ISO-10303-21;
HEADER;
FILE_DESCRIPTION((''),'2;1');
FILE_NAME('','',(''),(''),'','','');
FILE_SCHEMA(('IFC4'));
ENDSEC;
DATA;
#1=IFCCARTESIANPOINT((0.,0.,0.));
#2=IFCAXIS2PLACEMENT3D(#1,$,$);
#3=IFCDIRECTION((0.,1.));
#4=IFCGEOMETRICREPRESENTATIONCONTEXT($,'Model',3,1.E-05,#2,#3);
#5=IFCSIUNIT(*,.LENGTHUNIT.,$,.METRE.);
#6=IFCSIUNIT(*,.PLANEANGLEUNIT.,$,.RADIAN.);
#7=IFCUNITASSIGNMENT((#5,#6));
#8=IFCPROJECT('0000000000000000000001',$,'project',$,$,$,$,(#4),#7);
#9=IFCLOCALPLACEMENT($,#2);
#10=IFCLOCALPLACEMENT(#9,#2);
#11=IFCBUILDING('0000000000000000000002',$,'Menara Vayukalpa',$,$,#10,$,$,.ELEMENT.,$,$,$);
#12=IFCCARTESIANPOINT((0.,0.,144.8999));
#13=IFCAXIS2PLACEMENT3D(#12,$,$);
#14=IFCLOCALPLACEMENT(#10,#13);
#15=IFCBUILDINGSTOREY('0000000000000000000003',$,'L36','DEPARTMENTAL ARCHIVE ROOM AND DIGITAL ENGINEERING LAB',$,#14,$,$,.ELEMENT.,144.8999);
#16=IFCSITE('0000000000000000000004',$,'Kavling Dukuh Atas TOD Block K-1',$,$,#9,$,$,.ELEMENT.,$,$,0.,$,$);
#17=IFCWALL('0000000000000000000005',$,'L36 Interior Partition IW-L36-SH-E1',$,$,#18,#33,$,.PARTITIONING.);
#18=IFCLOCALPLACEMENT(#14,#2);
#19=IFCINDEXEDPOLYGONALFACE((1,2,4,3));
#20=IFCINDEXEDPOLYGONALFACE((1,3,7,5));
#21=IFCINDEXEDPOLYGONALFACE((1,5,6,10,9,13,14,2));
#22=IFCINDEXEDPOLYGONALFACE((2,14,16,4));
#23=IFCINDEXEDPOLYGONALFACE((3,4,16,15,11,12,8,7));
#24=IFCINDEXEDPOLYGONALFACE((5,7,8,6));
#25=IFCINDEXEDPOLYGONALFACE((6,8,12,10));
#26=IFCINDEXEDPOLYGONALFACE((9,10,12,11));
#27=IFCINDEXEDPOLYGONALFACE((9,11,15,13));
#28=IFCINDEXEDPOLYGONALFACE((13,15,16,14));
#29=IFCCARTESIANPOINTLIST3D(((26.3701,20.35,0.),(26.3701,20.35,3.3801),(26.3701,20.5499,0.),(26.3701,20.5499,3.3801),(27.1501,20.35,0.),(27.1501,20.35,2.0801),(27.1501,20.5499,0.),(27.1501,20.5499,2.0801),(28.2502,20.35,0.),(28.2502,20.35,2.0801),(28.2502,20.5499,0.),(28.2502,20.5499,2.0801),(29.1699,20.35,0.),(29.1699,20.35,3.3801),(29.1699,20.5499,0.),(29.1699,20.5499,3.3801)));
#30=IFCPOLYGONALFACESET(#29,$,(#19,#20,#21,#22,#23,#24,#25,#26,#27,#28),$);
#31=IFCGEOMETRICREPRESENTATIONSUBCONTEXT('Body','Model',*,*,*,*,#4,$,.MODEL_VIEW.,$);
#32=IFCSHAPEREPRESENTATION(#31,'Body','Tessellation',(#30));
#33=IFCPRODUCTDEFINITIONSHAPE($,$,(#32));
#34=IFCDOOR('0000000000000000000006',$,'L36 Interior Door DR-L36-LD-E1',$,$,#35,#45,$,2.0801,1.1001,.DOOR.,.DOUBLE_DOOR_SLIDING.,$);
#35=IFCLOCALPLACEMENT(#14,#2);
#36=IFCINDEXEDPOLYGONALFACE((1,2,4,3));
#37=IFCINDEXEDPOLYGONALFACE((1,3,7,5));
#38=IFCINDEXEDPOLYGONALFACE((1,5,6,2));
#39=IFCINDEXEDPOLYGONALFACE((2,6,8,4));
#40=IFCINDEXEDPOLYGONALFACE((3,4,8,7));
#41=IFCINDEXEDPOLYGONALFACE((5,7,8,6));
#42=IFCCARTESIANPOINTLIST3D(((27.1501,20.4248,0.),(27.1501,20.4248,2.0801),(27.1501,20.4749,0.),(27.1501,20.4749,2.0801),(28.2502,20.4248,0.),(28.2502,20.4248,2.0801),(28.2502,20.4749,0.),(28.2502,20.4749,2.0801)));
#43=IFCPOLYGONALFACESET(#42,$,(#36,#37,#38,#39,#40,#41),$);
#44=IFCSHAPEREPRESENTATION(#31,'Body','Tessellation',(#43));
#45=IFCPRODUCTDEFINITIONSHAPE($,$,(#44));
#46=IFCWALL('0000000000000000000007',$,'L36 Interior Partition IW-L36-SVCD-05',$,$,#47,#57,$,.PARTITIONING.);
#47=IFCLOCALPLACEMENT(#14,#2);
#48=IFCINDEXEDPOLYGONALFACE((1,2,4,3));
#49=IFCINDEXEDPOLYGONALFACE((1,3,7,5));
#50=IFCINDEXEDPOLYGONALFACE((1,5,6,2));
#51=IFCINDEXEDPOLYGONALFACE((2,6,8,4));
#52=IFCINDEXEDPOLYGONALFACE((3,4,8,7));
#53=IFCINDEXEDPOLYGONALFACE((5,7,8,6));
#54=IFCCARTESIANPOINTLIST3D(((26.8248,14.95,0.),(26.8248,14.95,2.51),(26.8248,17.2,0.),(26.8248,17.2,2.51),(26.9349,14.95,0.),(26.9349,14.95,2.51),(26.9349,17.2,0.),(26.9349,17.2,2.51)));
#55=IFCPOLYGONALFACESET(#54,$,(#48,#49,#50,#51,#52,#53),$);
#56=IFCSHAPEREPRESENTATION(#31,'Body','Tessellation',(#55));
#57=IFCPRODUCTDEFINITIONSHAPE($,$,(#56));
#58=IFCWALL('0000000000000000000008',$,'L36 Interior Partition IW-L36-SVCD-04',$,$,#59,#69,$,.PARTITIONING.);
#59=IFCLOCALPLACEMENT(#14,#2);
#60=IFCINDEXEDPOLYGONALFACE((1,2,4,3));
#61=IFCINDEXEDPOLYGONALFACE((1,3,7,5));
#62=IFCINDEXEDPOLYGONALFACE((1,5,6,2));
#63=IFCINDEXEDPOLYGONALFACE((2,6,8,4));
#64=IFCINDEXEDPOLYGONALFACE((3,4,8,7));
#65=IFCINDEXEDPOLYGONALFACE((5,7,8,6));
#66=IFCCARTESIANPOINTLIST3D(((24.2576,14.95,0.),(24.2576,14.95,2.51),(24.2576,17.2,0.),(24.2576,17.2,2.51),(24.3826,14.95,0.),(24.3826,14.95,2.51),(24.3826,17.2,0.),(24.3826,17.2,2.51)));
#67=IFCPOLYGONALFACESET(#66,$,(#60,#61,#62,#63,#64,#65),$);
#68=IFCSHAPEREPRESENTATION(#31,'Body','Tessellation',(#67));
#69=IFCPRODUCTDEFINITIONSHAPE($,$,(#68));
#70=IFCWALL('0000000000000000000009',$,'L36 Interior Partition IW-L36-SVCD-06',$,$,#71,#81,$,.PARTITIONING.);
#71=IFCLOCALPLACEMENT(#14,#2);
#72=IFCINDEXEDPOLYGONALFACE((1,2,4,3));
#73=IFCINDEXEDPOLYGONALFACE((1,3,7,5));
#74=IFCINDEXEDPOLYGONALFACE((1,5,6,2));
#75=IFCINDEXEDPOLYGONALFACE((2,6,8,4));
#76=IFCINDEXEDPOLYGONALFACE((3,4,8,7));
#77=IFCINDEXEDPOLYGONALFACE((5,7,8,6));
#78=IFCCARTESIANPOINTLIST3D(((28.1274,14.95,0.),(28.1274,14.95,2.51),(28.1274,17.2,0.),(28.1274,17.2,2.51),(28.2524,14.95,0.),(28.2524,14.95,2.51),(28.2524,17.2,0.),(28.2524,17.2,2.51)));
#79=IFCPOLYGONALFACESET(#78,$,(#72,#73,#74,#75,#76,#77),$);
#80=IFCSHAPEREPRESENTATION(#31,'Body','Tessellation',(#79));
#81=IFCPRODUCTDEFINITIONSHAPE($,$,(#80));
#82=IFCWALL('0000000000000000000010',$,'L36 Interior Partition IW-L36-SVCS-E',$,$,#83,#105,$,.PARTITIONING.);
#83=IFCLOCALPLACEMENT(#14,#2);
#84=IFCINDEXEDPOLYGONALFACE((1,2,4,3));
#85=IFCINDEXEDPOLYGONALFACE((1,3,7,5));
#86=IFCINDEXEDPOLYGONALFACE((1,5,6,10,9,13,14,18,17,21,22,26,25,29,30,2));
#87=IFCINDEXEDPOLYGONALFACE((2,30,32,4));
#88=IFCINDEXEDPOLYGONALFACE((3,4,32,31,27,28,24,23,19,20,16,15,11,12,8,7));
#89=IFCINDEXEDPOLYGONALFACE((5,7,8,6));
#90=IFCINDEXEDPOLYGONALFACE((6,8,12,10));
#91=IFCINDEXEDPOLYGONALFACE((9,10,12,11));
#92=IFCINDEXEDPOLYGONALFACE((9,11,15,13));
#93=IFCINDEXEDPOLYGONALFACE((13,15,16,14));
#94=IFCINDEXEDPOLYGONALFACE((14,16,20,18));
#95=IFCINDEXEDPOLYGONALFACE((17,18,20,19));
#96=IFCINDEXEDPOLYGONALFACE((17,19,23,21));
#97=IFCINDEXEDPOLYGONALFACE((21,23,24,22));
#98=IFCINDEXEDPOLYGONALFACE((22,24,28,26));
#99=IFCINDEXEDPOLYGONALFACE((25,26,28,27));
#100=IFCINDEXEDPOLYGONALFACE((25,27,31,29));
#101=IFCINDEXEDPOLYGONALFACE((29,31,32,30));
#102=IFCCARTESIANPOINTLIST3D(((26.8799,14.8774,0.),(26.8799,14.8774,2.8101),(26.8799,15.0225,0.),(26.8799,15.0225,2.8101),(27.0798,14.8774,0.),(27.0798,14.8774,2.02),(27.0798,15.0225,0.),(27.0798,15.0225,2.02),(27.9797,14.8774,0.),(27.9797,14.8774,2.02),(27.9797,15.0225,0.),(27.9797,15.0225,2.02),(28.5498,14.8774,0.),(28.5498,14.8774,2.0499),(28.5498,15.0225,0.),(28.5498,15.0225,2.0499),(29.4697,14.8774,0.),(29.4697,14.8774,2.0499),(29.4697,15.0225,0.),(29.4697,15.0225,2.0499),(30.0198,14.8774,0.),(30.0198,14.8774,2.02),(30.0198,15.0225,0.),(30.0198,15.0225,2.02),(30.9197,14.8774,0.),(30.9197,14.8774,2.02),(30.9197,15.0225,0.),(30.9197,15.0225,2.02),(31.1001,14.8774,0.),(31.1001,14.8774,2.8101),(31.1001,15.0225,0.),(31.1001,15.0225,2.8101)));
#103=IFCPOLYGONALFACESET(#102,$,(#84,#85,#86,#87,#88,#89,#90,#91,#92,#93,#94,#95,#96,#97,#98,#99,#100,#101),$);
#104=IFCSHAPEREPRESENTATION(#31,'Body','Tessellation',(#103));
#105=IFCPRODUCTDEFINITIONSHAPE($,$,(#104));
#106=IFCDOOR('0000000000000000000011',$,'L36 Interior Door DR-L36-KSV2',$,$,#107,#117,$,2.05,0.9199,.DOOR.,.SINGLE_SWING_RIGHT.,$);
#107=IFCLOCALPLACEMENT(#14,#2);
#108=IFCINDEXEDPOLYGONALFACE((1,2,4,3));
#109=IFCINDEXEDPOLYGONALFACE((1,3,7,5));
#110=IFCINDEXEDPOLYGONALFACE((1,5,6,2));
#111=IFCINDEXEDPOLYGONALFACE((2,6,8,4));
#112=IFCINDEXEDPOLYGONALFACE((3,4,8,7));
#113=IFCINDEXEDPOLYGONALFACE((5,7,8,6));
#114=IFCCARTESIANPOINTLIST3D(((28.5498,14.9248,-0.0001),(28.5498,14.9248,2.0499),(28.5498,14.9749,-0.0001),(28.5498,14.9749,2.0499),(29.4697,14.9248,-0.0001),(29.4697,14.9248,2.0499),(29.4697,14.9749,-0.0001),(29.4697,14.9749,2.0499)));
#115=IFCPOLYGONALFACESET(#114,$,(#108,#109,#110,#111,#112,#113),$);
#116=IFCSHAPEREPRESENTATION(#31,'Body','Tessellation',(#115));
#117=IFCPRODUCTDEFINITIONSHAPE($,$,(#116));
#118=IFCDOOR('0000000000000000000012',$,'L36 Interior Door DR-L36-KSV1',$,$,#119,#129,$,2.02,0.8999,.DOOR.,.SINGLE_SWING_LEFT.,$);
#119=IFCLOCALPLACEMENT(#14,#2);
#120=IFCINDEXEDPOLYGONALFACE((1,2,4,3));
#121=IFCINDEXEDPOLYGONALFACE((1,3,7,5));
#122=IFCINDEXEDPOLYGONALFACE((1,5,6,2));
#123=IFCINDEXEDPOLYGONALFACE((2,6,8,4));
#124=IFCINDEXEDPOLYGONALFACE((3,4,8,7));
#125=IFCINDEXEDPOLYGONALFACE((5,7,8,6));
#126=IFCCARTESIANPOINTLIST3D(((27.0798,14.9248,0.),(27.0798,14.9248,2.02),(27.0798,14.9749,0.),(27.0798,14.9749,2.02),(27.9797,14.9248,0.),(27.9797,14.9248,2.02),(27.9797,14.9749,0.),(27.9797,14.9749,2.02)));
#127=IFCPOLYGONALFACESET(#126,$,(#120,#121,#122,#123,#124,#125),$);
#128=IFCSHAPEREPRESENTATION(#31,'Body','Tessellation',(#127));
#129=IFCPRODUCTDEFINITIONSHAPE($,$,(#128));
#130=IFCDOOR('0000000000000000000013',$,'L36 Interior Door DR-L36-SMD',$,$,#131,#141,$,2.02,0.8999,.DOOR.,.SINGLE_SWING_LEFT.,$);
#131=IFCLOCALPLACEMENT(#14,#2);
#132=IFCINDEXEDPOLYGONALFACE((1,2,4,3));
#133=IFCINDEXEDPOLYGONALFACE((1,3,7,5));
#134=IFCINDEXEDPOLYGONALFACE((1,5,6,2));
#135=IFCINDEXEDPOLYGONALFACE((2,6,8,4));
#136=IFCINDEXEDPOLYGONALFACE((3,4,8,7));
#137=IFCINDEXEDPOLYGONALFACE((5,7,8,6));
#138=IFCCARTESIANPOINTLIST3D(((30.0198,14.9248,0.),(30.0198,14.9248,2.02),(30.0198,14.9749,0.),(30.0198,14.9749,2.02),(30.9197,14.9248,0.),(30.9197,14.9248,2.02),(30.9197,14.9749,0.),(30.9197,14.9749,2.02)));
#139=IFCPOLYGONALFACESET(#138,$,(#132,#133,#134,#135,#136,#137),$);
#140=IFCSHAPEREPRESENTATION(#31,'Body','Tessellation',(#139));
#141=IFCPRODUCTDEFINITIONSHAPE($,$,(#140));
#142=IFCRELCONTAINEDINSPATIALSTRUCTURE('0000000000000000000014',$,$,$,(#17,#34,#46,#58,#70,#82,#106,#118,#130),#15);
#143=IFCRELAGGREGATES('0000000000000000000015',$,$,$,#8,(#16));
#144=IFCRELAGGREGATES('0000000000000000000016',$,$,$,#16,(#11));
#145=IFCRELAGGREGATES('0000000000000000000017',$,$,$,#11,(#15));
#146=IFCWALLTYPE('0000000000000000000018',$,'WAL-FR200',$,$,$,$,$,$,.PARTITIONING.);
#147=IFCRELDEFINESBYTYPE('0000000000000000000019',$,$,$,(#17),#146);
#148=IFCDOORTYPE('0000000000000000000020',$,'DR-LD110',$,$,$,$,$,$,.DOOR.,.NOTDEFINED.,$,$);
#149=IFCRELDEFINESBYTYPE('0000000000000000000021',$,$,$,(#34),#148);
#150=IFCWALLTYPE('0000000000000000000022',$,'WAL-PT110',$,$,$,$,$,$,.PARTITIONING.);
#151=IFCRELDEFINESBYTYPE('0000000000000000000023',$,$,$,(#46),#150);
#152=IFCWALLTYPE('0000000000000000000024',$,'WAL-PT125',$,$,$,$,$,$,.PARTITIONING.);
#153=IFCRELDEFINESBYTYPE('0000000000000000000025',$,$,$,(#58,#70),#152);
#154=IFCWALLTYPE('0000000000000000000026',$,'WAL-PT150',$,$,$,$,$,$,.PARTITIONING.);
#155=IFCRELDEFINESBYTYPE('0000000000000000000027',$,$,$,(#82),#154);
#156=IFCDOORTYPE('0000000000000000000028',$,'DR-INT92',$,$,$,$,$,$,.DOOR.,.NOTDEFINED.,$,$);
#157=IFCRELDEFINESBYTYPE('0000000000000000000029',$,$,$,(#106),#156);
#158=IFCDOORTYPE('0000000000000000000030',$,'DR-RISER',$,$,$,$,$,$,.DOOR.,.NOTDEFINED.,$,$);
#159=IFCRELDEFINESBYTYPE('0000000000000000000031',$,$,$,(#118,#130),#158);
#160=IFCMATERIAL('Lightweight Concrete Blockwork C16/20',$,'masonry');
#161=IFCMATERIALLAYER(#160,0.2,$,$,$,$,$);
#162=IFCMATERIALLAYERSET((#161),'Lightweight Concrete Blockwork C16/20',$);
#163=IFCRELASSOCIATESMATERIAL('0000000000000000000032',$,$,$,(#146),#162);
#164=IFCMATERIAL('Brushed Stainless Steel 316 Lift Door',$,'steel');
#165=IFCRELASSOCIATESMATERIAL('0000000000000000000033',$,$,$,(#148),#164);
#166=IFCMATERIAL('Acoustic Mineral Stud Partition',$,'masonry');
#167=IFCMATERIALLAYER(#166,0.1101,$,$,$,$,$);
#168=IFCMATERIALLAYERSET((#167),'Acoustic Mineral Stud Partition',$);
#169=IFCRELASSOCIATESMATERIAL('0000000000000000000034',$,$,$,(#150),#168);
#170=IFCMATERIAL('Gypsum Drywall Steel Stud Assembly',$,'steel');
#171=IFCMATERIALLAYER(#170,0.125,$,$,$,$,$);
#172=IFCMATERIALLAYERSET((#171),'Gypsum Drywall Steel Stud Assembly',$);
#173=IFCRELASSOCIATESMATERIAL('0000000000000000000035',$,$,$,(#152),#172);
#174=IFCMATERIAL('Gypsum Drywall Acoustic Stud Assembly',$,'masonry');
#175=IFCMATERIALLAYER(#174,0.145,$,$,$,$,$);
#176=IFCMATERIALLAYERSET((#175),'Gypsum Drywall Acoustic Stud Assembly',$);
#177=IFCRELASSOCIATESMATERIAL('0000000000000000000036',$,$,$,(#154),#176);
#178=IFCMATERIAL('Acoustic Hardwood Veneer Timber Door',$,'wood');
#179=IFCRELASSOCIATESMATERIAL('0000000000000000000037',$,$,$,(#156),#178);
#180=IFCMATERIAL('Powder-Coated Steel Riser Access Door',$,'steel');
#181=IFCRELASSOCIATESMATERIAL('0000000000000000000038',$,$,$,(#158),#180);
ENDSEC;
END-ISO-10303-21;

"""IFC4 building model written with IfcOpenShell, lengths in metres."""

from ifc_helpers import new_model, si_unit, direction, frame, frame_2d, origin, place, context, subcontext, project, spatial, rectangle, extrude, material, layer, layer_set, type_object, element, fill, save


model = new_model("IFC4")

# Units and contexts
model_context = context("Model", 3, precision=1e-05, world=origin(), true_north=direction((0.0, 1.0)))
body_context = subcontext(model_context, "Body", "Model", "MODEL_VIEW")
ifc_project = project(units=[si_unit("LENGTHUNIT", "METRE"), si_unit("PLANEANGLEUNIT", "RADIAN")], contexts=[model_context])

# Site, building, storey
site_placement = place(None, origin())
site = spatial("IfcSite", under=ifc_project, at=site_placement, Name="Kavling Dukuh Atas TOD Block K-1", CompositionType="ELEMENT", RefElevation=0.0)
building_placement = place(site_placement, origin())
building = spatial("IfcBuilding", under=site, at=building_placement, Name="Menara Vayukalpa", CompositionType="ELEMENT")
storey_placement = place(building_placement, frame((0.0, 0.0, 144.8999)))
storey = spatial("IfcBuildingStorey", under=building, at=storey_placement, Name="L36", Description="DEPARTMENTAL ARCHIVE ROOM AND DIGITAL ENGINEERING LAB", CompositionType="ELEMENT", Elevation=144.8999)

# Wall, opening, door
ifc_material_1 = material(Name="Lightweight Concrete Blockwork C16/20", Category="masonry")
ifc_layer_1 = layer(ifc_material_1, 0.2)
ifc_layer_set_1 = layer_set([ifc_layer_1], Name="Lightweight Concrete Blockwork C16/20")
wall_type_1 = type_object("IfcWallType", Name="WAL-FR200", PredefinedType="PARTITIONING", material=ifc_layer_set_1)
wall_1_placement = place(storey_placement, frame((26.3701, 20.45, 0.0), z_axis=(0.0, 0.0, 1.0), x_axis=(1.0, 0.0, 0.0)))
wall_1 = element("IfcWall", 1, at=wall_1_placement, inside=storey, type_object=wall_type_1, Name="L36 Interior Partition IW-L36-SH-E1", PredefinedType="PARTITIONING", context=body_context, shape_type="SweptSolid", body=[
    extrude(rectangle(XDim=2.7998, YDim=0.2, at=frame_2d((1.3999, 0.0))), origin(), (0.0, 0.0, 1.0), 3.3801),
])
opening_1_placement = place(wall_1_placement, frame((0.78, 0.0, 0.0)))
opening_1 = element("IfcOpeningElement", 2, at=opening_1_placement, cuts=wall_1, PredefinedType="OPENING", context=body_context, shape_type="SweptSolid", body=[
    extrude(rectangle(XDim=1.1001, YDim=2.0801, at=frame_2d((0.55, 1.04))), frame((0.0, 0.1099, 0.0), z_axis=(0.0, -1.0, 0.0), x_axis=(1.0, 0.0, 0.0)), (0.0, 0.0, 1.0), 0.22),
])
ifc_material_2 = material(Name="Brushed Stainless Steel 316 Lift Door", Category="steel")
door_type_1 = type_object("IfcDoorType", Name="DR-LD110", OperationType="NOTDEFINED", PredefinedType="DOOR", material=ifc_material_2)
door_1_placement = place(opening_1_placement, origin())
door_1 = element("IfcDoor", 3, at=door_1_placement, inside=storey, type_object=door_type_1, Name="L36 Interior Door DR-L36-LD-E1", OperationType="DOUBLE_DOOR_SLIDING", OverallHeight=2.0801, OverallWidth=1.1001, PredefinedType="DOOR", context=body_context, shape_type="SweptSolid", body=[
    extrude(rectangle(XDim=1.1001, YDim=2.0801, at=frame_2d((0.55, 1.04))), frame((0.0, 0.0249, 0.0), z_axis=(0.0, -1.0, 0.0), x_axis=(1.0, 0.0, 0.0)), (0.0, 0.0, 1.0), 0.05),
])
fill(opening_1, door_1)

# Walls
ifc_material_3 = material(Name="Acoustic Mineral Stud Partition", Category="masonry")
ifc_layer_2 = layer(ifc_material_3, 0.1101)
ifc_layer_set_2 = layer_set([ifc_layer_2], Name="Acoustic Mineral Stud Partition")
wall_type_2 = type_object("IfcWallType", Name="WAL-PT110", PredefinedType="PARTITIONING", material=ifc_layer_set_2)
wall_2_placement = place(storey_placement, frame((26.8799, 14.95, 0.0), z_axis=(0.0, 0.0, 1.0), x_axis=(0.0, 1.0, 0.0)))
element("IfcWall", 4, at=wall_2_placement, inside=storey, type_object=wall_type_2, Name="L36 Interior Partition IW-L36-SVCD-05", PredefinedType="PARTITIONING", context=body_context, shape_type="SweptSolid", body=[
    extrude(rectangle(XDim=2.25, YDim=0.1101, at=frame_2d((1.125, 0.0))), origin(), (0.0, 0.0, 1.0), 2.51),
])
ifc_material_4 = material(Name="Gypsum Drywall Steel Stud Assembly", Category="steel")
ifc_layer_3 = layer(ifc_material_4, 0.125)
ifc_layer_set_3 = layer_set([ifc_layer_3], Name="Gypsum Drywall Steel Stud Assembly")
wall_type_3 = type_object("IfcWallType", Name="WAL-PT125", PredefinedType="PARTITIONING", material=ifc_layer_set_3)
for number, where, z_axis, x_axis, name in (
    (5, (24.3201, 14.95, 0.0), (0.0, 0.0, 1.0), (0.0, 1.0, 0.0), "L36 Interior Partition IW-L36-SVCD-04"),
    (6, (28.1899, 14.95, 0.0), (0.0, 0.0, 1.0), (0.0, 1.0, 0.0), "L36 Interior Partition IW-L36-SVCD-06"),
):
    element("IfcWall", number, at=place(storey_placement, frame(where, z_axis=z_axis, x_axis=x_axis)), inside=storey, type_object=wall_type_3, Name=name, PredefinedType="PARTITIONING", context=body_context, shape_type="SweptSolid", body=[
        extrude(rectangle(XDim=2.25, YDim=0.125, at=frame_2d((1.125, 0.0))), origin(), (0.0, 0.0, 1.0), 2.51),
    ])

# Wall, openings, doors
ifc_material_5 = material(Name="Gypsum Drywall Acoustic Stud Assembly", Category="masonry")
ifc_layer_4 = layer(ifc_material_5, 0.145)
ifc_layer_set_4 = layer_set([ifc_layer_4], Name="Gypsum Drywall Acoustic Stud Assembly")
wall_type_4 = type_object("IfcWallType", Name="WAL-PT150", PredefinedType="PARTITIONING", material=ifc_layer_set_4)
wall_3_placement = place(storey_placement, frame((26.8799, 14.95, 0.0), z_axis=(0.0, 0.0, 1.0), x_axis=(1.0, 0.0, 0.0)))
wall_3 = element("IfcWall", 7, at=wall_3_placement, inside=storey, type_object=wall_type_4, Name="L36 Interior Partition IW-L36-SVCS-E", PredefinedType="PARTITIONING", context=body_context, shape_type="SweptSolid", body=[
    extrude(rectangle(XDim=4.2202, YDim=0.145, at=frame_2d((2.1101, 0.0))), origin(), (0.0, 0.0, 1.0), 2.8101),
])
opening_2_placement = place(wall_3_placement, frame((0.2, 0.0, 0.0)))
opening_2 = element("IfcOpeningElement", 8, at=opening_2_placement, cuts=wall_3, PredefinedType="OPENING", context=body_context, shape_type="SweptSolid", body=[
    extrude(rectangle(XDim=0.8999, YDim=2.02, at=frame_2d((0.45, 1.01))), frame((0.0, 0.0825, 0.0), z_axis=(0.0, -1.0, 0.0), x_axis=(1.0, 0.0, 0.0)), (0.0, 0.0, 1.0), 0.165),
])
opening_3_placement = place(wall_3_placement, frame((1.6699, 0.0, 0.0)))
opening_3 = element("IfcOpeningElement", 9, at=opening_3_placement, cuts=wall_3, PredefinedType="OPENING", context=body_context, shape_type="SweptSolid", body=[
    extrude(rectangle(XDim=0.9199, YDim=2.05, at=frame_2d((0.46, 1.0249))), frame((0.0, 0.0825, 0.0), z_axis=(0.0, -1.0, 0.0), x_axis=(1.0, 0.0, 0.0)), (0.0, 0.0, 1.0), 0.165),
])
opening_4_placement = place(wall_3_placement, frame((3.1399, 0.0, 0.0)))
opening_4 = element("IfcOpeningElement", 10, at=opening_4_placement, cuts=wall_3, PredefinedType="OPENING", context=body_context, shape_type="SweptSolid", body=[
    extrude(rectangle(XDim=0.8999, YDim=2.02, at=frame_2d((0.45, 1.01))), frame((0.0, 0.0825, 0.0), z_axis=(0.0, -1.0, 0.0), x_axis=(1.0, 0.0, 0.0)), (0.0, 0.0, 1.0), 0.165),
])
ifc_material_6 = material(Name="Acoustic Hardwood Veneer Timber Door", Category="wood")
door_type_2 = type_object("IfcDoorType", Name="DR-INT92", OperationType="NOTDEFINED", PredefinedType="DOOR", material=ifc_material_6)
door_2_placement = place(opening_3_placement, origin())
door_2 = element("IfcDoor", 11, at=door_2_placement, inside=storey, type_object=door_type_2, Name="L36 Interior Door DR-L36-KSV2", OperationType="SINGLE_SWING_RIGHT", OverallHeight=2.05, OverallWidth=0.9199, PredefinedType="DOOR", context=body_context, shape_type="SweptSolid", body=[
    extrude(rectangle(XDim=0.9199, YDim=2.05, at=frame_2d((0.46, 1.0249))), frame((0.0, 0.0249, 0.0), z_axis=(0.0, -1.0, 0.0), x_axis=(1.0, 0.0, 0.0)), (0.0, 0.0, 1.0), 0.05),
])
fill(opening_3, door_2)
ifc_material_7 = material(Name="Powder-Coated Steel Riser Access Door", Category="steel")
door_type_3 = type_object("IfcDoorType", Name="DR-RISER", OperationType="NOTDEFINED", PredefinedType="DOOR", material=ifc_material_7)
door_3_placement = place(opening_2_placement, origin())
door_3 = element("IfcDoor", 12, at=door_3_placement, inside=storey, type_object=door_type_3, Name="L36 Interior Door DR-L36-KSV1", OperationType="SINGLE_SWING_LEFT", OverallHeight=2.02, OverallWidth=0.8999, PredefinedType="DOOR", context=body_context, shape_type="SweptSolid", body=[
    extrude(rectangle(XDim=0.8999, YDim=2.02, at=frame_2d((0.45, 1.01))), frame((0.0, 0.0249, 0.0), z_axis=(0.0, -1.0, 0.0), x_axis=(1.0, 0.0, 0.0)), (0.0, 0.0, 1.0), 0.05),
])
fill(opening_2, door_3)
door_4_placement = place(opening_4_placement, origin())
door_4 = element("IfcDoor", 13, at=door_4_placement, inside=storey, type_object=door_type_3, Name="L36 Interior Door DR-L36-SMD", OperationType="SINGLE_SWING_LEFT", OverallHeight=2.02, OverallWidth=0.8999, PredefinedType="DOOR", context=body_context, shape_type="SweptSolid", body=[
    extrude(rectangle(XDim=0.8999, YDim=2.02, at=frame_2d((0.45, 1.01))), frame((0.0, 0.0249, 0.0), z_axis=(0.0, -1.0, 0.0), x_axis=(1.0, 0.0, 0.0)), (0.0, 0.0, 1.0), 0.05),
])
fill(opening_4, door_4)

save(model, "model.ifc")
